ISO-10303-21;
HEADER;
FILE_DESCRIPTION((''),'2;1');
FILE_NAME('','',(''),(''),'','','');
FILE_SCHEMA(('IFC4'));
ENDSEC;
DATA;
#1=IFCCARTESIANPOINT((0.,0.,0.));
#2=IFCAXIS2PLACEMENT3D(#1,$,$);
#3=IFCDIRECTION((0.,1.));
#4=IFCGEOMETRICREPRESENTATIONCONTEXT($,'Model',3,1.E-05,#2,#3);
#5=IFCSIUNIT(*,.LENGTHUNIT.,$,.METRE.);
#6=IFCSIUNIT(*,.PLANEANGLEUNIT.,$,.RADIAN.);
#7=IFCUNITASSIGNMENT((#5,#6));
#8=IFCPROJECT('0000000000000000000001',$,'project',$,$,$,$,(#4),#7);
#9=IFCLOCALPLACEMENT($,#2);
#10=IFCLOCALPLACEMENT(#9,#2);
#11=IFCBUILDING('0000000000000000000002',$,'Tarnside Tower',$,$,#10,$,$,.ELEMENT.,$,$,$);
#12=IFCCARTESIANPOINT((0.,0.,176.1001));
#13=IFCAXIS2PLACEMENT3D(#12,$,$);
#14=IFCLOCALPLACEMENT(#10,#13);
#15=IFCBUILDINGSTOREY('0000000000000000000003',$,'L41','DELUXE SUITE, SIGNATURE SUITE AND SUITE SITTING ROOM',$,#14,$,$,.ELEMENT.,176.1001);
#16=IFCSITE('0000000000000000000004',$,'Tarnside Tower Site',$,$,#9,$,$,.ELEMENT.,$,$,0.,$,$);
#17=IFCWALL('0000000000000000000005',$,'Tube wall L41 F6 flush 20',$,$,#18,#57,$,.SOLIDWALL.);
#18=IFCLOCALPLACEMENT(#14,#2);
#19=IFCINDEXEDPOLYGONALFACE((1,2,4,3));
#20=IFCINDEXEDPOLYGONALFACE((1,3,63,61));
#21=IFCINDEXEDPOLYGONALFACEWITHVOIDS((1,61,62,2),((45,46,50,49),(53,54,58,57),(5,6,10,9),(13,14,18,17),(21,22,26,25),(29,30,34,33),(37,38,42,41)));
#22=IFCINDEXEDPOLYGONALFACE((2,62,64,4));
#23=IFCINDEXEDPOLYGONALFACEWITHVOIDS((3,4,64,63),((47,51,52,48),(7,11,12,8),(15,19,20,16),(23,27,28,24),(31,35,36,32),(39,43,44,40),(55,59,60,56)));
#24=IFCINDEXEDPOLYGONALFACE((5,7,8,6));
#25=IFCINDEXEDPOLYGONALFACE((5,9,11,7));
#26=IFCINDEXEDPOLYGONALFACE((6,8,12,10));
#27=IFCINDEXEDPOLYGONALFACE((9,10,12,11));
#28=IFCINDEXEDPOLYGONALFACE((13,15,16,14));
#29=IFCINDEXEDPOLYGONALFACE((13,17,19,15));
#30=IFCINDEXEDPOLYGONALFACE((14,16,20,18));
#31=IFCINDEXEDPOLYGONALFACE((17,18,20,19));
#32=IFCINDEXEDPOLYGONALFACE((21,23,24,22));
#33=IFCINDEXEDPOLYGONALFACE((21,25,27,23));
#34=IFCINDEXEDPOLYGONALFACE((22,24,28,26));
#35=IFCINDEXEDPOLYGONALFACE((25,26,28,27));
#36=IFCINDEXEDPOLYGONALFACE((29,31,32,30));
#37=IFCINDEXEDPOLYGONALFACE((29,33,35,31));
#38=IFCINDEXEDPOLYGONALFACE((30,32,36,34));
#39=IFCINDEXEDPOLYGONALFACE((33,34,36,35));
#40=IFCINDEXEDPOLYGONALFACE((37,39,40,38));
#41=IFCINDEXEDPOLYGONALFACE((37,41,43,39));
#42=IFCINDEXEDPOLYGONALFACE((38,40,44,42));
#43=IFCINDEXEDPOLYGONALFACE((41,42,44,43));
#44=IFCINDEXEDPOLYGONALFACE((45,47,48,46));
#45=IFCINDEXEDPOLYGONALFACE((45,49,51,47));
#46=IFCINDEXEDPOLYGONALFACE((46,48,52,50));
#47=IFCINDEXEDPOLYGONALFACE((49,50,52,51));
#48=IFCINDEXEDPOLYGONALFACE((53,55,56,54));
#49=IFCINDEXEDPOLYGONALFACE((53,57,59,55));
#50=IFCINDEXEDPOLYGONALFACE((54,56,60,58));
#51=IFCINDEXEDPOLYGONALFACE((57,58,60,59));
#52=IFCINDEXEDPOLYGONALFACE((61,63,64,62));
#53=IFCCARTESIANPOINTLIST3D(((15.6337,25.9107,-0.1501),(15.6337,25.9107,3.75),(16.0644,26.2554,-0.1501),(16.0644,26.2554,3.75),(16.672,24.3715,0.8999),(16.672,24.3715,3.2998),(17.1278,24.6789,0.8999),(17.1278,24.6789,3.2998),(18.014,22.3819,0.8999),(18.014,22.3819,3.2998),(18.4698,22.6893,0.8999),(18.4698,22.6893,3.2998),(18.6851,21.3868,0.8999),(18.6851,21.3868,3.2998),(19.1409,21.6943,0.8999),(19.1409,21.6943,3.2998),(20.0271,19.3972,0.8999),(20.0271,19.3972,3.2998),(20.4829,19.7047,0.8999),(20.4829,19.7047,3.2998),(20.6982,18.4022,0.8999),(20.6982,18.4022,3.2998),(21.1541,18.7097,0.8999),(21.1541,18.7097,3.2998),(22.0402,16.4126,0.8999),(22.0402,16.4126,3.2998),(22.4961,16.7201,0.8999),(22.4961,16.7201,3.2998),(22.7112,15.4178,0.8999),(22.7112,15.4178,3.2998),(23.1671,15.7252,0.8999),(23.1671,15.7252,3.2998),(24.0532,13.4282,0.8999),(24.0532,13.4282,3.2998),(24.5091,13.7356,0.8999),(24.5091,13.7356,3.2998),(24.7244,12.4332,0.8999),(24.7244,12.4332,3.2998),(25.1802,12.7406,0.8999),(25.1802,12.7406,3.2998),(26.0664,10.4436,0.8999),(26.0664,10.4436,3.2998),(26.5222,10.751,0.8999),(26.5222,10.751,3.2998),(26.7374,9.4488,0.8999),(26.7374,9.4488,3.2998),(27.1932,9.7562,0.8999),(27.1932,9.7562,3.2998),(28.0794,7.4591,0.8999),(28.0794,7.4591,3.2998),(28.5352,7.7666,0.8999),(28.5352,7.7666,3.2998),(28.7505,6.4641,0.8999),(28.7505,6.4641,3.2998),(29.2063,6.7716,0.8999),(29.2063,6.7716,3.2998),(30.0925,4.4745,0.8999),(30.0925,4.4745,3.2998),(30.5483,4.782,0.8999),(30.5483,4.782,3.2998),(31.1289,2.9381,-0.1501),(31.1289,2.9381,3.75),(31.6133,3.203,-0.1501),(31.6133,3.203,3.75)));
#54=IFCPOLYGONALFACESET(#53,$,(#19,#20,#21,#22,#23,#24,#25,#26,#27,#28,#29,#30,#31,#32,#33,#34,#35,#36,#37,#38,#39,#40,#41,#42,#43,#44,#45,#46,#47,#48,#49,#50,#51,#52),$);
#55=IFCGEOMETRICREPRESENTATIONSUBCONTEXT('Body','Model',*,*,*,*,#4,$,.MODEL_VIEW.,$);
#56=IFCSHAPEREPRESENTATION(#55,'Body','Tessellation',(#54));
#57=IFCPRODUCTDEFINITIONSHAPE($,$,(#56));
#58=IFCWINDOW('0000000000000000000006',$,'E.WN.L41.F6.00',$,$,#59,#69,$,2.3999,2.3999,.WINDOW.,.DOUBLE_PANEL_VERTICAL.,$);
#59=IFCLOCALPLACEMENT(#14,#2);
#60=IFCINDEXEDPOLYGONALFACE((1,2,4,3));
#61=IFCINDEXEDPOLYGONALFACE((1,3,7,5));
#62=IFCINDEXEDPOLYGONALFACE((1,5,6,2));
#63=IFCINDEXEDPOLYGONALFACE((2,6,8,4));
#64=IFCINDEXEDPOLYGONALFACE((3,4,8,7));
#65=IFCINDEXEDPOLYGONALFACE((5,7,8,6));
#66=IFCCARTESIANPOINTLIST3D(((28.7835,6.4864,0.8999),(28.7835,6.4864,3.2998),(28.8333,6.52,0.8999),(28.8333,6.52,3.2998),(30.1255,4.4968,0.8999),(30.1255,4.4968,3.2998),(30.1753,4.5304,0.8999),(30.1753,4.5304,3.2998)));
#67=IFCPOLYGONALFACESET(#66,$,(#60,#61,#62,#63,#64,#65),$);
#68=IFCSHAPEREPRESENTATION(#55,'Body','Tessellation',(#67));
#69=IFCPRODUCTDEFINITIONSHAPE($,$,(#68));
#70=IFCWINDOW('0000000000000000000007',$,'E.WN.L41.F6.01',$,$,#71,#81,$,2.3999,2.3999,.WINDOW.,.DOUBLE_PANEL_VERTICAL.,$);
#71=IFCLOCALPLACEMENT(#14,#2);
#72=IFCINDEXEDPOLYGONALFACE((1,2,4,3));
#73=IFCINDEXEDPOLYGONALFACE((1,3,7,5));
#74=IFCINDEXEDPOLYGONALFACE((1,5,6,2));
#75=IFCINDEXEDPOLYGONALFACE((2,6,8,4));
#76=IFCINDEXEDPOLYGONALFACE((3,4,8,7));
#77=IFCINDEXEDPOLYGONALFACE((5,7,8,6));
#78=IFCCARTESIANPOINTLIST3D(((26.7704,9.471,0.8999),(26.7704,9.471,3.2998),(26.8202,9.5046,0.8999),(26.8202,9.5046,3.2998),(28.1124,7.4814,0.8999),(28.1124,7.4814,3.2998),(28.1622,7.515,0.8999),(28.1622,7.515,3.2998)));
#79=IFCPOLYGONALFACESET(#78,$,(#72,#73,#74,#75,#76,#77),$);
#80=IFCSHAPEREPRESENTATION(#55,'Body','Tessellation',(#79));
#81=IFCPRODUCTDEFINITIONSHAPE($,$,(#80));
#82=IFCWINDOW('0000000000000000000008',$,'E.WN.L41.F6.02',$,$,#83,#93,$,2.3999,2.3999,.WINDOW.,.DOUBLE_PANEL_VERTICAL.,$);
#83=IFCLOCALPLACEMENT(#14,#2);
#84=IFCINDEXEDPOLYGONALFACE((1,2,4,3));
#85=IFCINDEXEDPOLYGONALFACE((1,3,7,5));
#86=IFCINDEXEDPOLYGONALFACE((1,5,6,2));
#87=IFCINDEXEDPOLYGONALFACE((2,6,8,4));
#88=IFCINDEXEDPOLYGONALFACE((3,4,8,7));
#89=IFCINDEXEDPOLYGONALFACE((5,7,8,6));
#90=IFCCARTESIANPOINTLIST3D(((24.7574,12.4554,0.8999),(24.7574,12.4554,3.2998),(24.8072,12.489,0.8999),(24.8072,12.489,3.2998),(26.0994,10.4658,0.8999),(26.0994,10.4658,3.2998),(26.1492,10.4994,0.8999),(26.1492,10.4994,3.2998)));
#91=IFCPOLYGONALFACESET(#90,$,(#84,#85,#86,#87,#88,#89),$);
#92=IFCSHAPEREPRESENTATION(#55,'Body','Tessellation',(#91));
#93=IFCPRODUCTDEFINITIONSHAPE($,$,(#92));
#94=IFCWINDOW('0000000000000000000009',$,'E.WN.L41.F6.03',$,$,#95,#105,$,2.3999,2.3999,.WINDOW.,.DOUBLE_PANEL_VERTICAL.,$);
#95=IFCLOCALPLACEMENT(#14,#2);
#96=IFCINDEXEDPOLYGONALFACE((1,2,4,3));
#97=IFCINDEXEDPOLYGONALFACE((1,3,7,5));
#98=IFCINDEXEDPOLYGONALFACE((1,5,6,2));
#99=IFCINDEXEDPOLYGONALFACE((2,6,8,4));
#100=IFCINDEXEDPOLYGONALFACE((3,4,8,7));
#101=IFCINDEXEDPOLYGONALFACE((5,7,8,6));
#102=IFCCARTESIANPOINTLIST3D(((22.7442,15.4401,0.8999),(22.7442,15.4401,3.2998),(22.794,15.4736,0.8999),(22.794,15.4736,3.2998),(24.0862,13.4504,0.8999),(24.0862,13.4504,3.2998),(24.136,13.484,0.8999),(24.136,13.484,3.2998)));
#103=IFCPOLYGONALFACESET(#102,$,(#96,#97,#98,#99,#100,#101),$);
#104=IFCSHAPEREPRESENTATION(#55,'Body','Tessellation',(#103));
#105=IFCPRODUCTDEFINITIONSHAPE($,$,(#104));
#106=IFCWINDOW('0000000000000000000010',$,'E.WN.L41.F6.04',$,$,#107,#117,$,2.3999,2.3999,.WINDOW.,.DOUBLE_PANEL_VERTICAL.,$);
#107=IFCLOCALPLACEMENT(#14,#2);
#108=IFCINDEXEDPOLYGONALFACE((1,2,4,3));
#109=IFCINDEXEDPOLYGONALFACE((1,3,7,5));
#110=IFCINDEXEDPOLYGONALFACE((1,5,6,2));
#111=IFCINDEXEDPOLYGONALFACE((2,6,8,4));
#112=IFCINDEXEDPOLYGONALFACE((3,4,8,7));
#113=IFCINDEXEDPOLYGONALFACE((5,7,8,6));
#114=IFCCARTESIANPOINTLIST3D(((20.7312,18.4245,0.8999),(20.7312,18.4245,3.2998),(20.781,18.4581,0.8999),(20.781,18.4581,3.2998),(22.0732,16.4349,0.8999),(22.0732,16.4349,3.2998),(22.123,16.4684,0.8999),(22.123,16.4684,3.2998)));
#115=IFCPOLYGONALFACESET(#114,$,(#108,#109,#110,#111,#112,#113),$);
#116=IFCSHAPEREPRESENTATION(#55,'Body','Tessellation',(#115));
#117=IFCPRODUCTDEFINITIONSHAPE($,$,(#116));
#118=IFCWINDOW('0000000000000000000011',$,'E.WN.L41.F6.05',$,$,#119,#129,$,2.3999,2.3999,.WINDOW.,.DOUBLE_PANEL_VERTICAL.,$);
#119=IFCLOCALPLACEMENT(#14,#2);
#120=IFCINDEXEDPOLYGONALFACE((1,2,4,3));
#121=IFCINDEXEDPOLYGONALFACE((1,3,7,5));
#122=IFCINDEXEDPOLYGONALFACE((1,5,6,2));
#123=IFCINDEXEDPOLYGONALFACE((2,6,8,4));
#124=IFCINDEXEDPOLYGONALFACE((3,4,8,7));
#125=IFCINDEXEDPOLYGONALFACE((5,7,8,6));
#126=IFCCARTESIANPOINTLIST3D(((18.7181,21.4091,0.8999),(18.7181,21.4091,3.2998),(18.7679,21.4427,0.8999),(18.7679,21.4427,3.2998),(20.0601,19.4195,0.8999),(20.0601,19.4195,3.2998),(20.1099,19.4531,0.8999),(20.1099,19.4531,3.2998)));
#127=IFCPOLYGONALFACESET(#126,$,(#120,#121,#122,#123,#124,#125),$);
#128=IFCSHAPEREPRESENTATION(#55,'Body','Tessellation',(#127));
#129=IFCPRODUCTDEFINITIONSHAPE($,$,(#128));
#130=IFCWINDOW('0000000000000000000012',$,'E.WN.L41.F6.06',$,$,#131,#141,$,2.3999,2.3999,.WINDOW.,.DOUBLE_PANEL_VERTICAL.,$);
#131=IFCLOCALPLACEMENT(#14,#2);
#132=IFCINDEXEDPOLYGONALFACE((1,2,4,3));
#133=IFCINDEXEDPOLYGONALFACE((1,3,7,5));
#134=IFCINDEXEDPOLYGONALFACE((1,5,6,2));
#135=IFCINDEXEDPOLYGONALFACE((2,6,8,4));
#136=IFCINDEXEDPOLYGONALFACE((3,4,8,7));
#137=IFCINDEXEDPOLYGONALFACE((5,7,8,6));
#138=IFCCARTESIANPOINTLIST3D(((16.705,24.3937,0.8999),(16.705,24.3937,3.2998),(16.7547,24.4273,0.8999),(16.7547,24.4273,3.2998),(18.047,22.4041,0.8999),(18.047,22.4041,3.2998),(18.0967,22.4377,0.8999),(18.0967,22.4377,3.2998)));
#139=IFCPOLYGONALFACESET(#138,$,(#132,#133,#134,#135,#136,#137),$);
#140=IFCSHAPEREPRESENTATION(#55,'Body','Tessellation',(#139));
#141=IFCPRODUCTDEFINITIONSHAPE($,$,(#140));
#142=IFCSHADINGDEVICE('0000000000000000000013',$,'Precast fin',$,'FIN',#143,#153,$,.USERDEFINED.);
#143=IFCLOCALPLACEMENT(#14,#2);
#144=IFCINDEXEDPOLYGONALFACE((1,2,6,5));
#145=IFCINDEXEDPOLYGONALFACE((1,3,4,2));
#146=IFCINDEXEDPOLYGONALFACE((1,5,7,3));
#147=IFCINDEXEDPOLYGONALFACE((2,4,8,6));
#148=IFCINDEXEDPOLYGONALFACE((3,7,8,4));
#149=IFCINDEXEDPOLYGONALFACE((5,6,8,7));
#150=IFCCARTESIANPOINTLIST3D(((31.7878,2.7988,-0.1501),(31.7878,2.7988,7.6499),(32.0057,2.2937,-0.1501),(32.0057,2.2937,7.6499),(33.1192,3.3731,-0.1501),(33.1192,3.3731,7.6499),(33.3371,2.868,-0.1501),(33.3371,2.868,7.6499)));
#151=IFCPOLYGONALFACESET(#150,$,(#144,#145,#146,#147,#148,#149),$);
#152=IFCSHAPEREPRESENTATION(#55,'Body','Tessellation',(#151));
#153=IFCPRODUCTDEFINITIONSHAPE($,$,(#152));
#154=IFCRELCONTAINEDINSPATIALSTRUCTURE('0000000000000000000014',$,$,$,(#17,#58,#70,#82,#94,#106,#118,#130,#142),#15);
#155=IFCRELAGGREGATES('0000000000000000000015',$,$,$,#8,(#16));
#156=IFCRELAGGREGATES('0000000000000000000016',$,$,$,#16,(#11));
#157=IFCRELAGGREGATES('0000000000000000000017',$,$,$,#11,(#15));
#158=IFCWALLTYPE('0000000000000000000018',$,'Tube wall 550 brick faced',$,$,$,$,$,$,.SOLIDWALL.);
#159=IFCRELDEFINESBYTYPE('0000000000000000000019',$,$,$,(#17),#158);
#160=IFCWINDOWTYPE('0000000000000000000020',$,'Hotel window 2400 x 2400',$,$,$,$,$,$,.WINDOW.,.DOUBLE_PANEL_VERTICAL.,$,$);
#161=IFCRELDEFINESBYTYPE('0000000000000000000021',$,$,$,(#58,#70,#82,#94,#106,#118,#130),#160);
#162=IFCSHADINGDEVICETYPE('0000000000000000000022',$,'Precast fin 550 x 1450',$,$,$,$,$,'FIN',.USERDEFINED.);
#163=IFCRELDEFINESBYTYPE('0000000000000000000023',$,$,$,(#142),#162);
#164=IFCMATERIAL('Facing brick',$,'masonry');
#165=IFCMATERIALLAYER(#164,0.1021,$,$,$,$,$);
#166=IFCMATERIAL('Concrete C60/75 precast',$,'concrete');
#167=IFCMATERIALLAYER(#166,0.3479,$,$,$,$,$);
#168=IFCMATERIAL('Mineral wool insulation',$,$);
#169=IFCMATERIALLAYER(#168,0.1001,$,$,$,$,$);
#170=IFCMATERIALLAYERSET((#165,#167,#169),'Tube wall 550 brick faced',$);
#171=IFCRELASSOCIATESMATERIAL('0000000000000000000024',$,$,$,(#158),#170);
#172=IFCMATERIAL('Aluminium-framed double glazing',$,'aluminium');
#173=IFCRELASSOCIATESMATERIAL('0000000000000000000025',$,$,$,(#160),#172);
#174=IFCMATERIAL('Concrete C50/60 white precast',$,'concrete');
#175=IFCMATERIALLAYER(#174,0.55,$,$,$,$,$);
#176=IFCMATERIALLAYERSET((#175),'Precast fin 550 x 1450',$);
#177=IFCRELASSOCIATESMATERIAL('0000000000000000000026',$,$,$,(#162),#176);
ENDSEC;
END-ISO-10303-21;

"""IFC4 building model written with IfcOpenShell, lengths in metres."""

from ifc_helpers import new_model, si_unit, direction, frame, frame_2d, origin, place, context, subcontext, project, spatial, polyline, rectangle, outline, extrude, material, layer, layer_set, type_object, element, fill, save


model = new_model("IFC4")

# Units and contexts
model_context = context("Model", 3, precision=1e-05, world=origin(), true_north=direction((0.0, 1.0)))
body_context = subcontext(model_context, "Body", "Model", "MODEL_VIEW")
ifc_project = project(units=[si_unit("LENGTHUNIT", "METRE"), si_unit("PLANEANGLEUNIT", "RADIAN")], contexts=[model_context])

# Site, building, storey
site_placement = place(None, origin())
site = spatial("IfcSite", under=ifc_project, at=site_placement, Name="Tarnside Tower Site", CompositionType="ELEMENT", RefElevation=0.0)
building_placement = place(site_placement, origin())
building = spatial("IfcBuilding", under=site, at=building_placement, Name="Tarnside Tower", CompositionType="ELEMENT")
storey_placement = place(building_placement, frame((0.0, 0.0, 176.1001)))
storey = spatial("IfcBuildingStorey", under=building, at=storey_placement, Name="L41", Description="DELUXE SUITE, SIGNATURE SUITE AND SUITE SITTING ROOM", CompositionType="ELEMENT", Elevation=176.1001)

# Shared definitions
ifc_material_1 = material(Name="Facing brick", Category="masonry")
ifc_layer_1 = layer(ifc_material_1, 0.1021)
ifc_material_2 = material(Name="Concrete C60/75 precast", Category="concrete")
ifc_layer_2 = layer(ifc_material_2, 0.3479)
ifc_material_3 = material(Name="Mineral wool insulation")
ifc_layer_3 = layer(ifc_material_3, 0.1001)
ifc_layer_set_1 = layer_set([ifc_layer_1, ifc_layer_2, ifc_layer_3], Name="Tube wall 550 brick faced")
wall_type = type_object("IfcWallType", Name="Tube wall 550 brick faced", PredefinedType="SOLIDWALL", material=ifc_layer_set_1)

# Wall, openings, windows
wall_1_placement = place(storey_placement, frame((31.3711, 3.0706, -0.1501), z_axis=(0.0, 0.0, 1.0), x_axis=(-0.55919, 0.82904, 0.0)))
wall_1 = element("IfcWall", 1, at=wall_1_placement, inside=storey, type_object=wall_type, Name="Tube wall L41 F6 flush 20", PredefinedType="SOLIDWALL", context=body_context, shape_type="SweptSolid", body=[
    extrude(outline(polyline([(-0.0256, -0.2749), (27.7805, -0.2749), (27.7356, 0.2749), (0.0256, 0.2749), (-0.0256, -0.2749)])), origin(), (0.0, 0.0, 1.0), 3.9001),
])
opening_1_placement = place(wall_1_placement, frame((1.8789, 0.0, 1.05)))
opening_1 = element("IfcOpeningElement", 2, at=opening_1_placement, cuts=wall_1, PredefinedType="OPENING", context=body_context, shape_type="SweptSolid", body=[
    extrude(rectangle(XDim=2.3999, YDim=2.3999, at=frame_2d((1.2, 1.2))), frame((0.0, 0.2852, 0.0), z_axis=(0.0, -1.0, 0.0), x_axis=(1.0, 0.0, 0.0)), (0.0, 0.0, 1.0), 0.5701),
])
opening_2_placement = place(wall_1_placement, frame((5.479, 0.0, 1.05)))
opening_2 = element("IfcOpeningElement", 3, at=opening_2_placement, cuts=wall_1, PredefinedType="OPENING", context=body_context, shape_type="SweptSolid", body=[
    extrude(rectangle(XDim=2.3999, YDim=2.3999, at=frame_2d((1.2, 1.2))), frame((0.0, 0.2852, 0.0), z_axis=(0.0, -1.0, 0.0), x_axis=(1.0, 0.0, 0.0)), (0.0, 0.0, 1.0), 0.5701),
])
opening_3_placement = place(wall_1_placement, frame((9.0789, 0.0, 1.05)))
opening_3 = element("IfcOpeningElement", 4, at=opening_3_placement, cuts=wall_1, PredefinedType="OPENING", context=body_context, shape_type="SweptSolid", body=[
    extrude(rectangle(XDim=2.3999, YDim=2.3999, at=frame_2d((1.2, 1.2))), frame((0.0, 0.2852, 0.0), z_axis=(0.0, -1.0, 0.0), x_axis=(1.0, 0.0, 0.0)), (0.0, 0.0, 1.0), 0.5701),
])
opening_4_placement = place(wall_1_placement, frame((12.679, 0.0, 1.05)))
opening_4 = element("IfcOpeningElement", 5, at=opening_4_placement, cuts=wall_1, PredefinedType="OPENING", context=body_context, shape_type="SweptSolid", body=[
    extrude(rectangle(XDim=2.3999, YDim=2.3999, at=frame_2d((1.2, 1.2))), frame((0.0, 0.2852, 0.0), z_axis=(0.0, -1.0, 0.0), x_axis=(1.0, 0.0, 0.0)), (0.0, 0.0, 1.0), 0.5701),
])
opening_5_placement = place(wall_1_placement, frame((16.2788, 0.0, 1.05)))
opening_5 = element("IfcOpeningElement", 6, at=opening_5_placement, cuts=wall_1, PredefinedType="OPENING", context=body_context, shape_type="SweptSolid", body=[
    extrude(rectangle(XDim=2.3999, YDim=2.3999, at=frame_2d((1.2, 1.2))), frame((0.0, 0.2852, 0.0), z_axis=(0.0, -1.0, 0.0), x_axis=(1.0, 0.0, 0.0)), (0.0, 0.0, 1.0), 0.5701),
])
opening_6_placement = place(wall_1_placement, frame((19.8789, 0.0, 1.05)))
opening_6 = element("IfcOpeningElement", 7, at=opening_6_placement, cuts=wall_1, PredefinedType="OPENING", context=body_context, shape_type="SweptSolid", body=[
    extrude(rectangle(XDim=2.3999, YDim=2.3999, at=frame_2d((1.2, 1.2))), frame((0.0, 0.2852, 0.0), z_axis=(0.0, -1.0, 0.0), x_axis=(1.0, 0.0, 0.0)), (0.0, 0.0, 1.0), 0.5701),
])
opening_7_placement = place(wall_1_placement, frame((23.479, 0.0, 1.05)))
opening_7 = element("IfcOpeningElement", 8, at=opening_7_placement, cuts=wall_1, PredefinedType="OPENING", context=body_context, shape_type="SweptSolid", body=[
    extrude(rectangle(XDim=2.3999, YDim=2.3999, at=frame_2d((1.2, 1.2))), frame((0.0, 0.2852, 0.0), z_axis=(0.0, -1.0, 0.0), x_axis=(1.0, 0.0, 0.0)), (0.0, 0.0, 1.0), 0.5701),
])
ifc_material_4 = material(Name="Aluminium-framed double glazing", Category="aluminium")
window_type = type_object("IfcWindowType", Name="Hotel window 2400 x 2400", PartitioningType="DOUBLE_PANEL_VERTICAL", PredefinedType="WINDOW", material=ifc_material_4)
window_1_placement = place(opening_1_placement, frame((0.0, 0.2051, 0.0)))
window_1 = element("IfcWindow", 9, at=window_1_placement, inside=storey, type_object=window_type, Name="E.WN.L41.F6.00", OverallHeight=2.3999, OverallWidth=2.3999, PartitioningType="DOUBLE_PANEL_VERTICAL", PredefinedType="WINDOW", context=body_context, shape_type="SweptSolid", body=[
    extrude(rectangle(XDim=2.3999, YDim=2.3999, at=frame_2d((1.2, 1.2))), frame((0.0, 0.03, 0.0), z_axis=(0.0, -1.0, 0.0), x_axis=(1.0, 0.0, 0.0)), (0.0, 0.0, 1.0), 0.0601),
])
fill(opening_1, window_1)
window_2_placement = place(opening_2_placement, frame((0.0, 0.2051, 0.0)))
window_2 = element("IfcWindow", 10, at=window_2_placement, inside=storey, type_object=window_type, Name="E.WN.L41.F6.01", OverallHeight=2.3999, OverallWidth=2.3999, PartitioningType="DOUBLE_PANEL_VERTICAL", PredefinedType="WINDOW", context=body_context, shape_type="SweptSolid", body=[
    extrude(rectangle(XDim=2.3999, YDim=2.3999, at=frame_2d((1.2, 1.2))), frame((0.0, 0.03, 0.0), z_axis=(0.0, -1.0, 0.0), x_axis=(1.0, 0.0, 0.0)), (0.0, 0.0, 1.0), 0.0601),
])
fill(opening_2, window_2)
window_3_placement = place(opening_3_placement, frame((0.0, 0.2051, 0.0)))
window_3 = element("IfcWindow", 11, at=window_3_placement, inside=storey, type_object=window_type, Name="E.WN.L41.F6.02", OverallHeight=2.3999, OverallWidth=2.3999, PartitioningType="DOUBLE_PANEL_VERTICAL", PredefinedType="WINDOW", context=body_context, shape_type="SweptSolid", body=[
    extrude(rectangle(XDim=2.3999, YDim=2.3999, at=frame_2d((1.2, 1.2))), frame((0.0, 0.03, 0.0), z_axis=(0.0, -1.0, 0.0), x_axis=(1.0, 0.0, 0.0)), (0.0, 0.0, 1.0), 0.0601),
])
fill(opening_3, window_3)
window_4_placement = place(opening_4_placement, frame((0.0, 0.2051, 0.0)))
window_4 = element("IfcWindow", 12, at=window_4_placement, inside=storey, type_object=window_type, Name="E.WN.L41.F6.03", OverallHeight=2.3999, OverallWidth=2.3999, PartitioningType="DOUBLE_PANEL_VERTICAL", PredefinedType="WINDOW", context=body_context, shape_type="SweptSolid", body=[
    extrude(rectangle(XDim=2.3999, YDim=2.3999, at=frame_2d((1.2, 1.2))), frame((0.0, 0.03, 0.0), z_axis=(0.0, -1.0, 0.0), x_axis=(1.0, 0.0, 0.0)), (0.0, 0.0, 1.0), 0.0601),
])
fill(opening_4, window_4)
window_5_placement = place(opening_5_placement, frame((0.0, 0.2051, 0.0)))
window_5 = element("IfcWindow", 13, at=window_5_placement, inside=storey, type_object=window_type, Name="E.WN.L41.F6.04", OverallHeight=2.3999, OverallWidth=2.3999, PartitioningType="DOUBLE_PANEL_VERTICAL", PredefinedType="WINDOW", context=body_context, shape_type="SweptSolid", body=[
    extrude(rectangle(XDim=2.3999, YDim=2.3999, at=frame_2d((1.2, 1.2))), frame((0.0, 0.03, 0.0), z_axis=(0.0, -1.0, 0.0), x_axis=(1.0, 0.0, 0.0)), (0.0, 0.0, 1.0), 0.0601),
])
fill(opening_5, window_5)
window_6_placement = place(opening_6_placement, frame((0.0, 0.2051, 0.0)))
window_6 = element("IfcWindow", 14, at=window_6_placement, inside=storey, type_object=window_type, Name="E.WN.L41.F6.05", OverallHeight=2.3999, OverallWidth=2.3999, PartitioningType="DOUBLE_PANEL_VERTICAL", PredefinedType="WINDOW", context=body_context, shape_type="SweptSolid", body=[
    extrude(rectangle(XDim=2.3999, YDim=2.3999, at=frame_2d((1.2, 1.2))), frame((0.0, 0.03, 0.0), z_axis=(0.0, -1.0, 0.0), x_axis=(1.0, 0.0, 0.0)), (0.0, 0.0, 1.0), 0.0601),
])
fill(opening_6, window_6)
window_7_placement = place(opening_7_placement, frame((0.0, 0.2051, 0.0)))
window_7 = element("IfcWindow", 15, at=window_7_placement, inside=storey, type_object=window_type, Name="E.WN.L41.F6.06", OverallHeight=2.3999, OverallWidth=2.3999, PartitioningType="DOUBLE_PANEL_VERTICAL", PredefinedType="WINDOW", context=body_context, shape_type="SweptSolid", body=[
    extrude(rectangle(XDim=2.3999, YDim=2.3999, at=frame_2d((1.2, 1.2))), frame((0.0, 0.03, 0.0), z_axis=(0.0, -1.0, 0.0), x_axis=(1.0, 0.0, 0.0)), (0.0, 0.0, 1.0), 0.0601),
])
fill(opening_7, window_7)

# Shading device
ifc_material_5 = material(Name="Concrete C50/60 white precast", Category="concrete")
ifc_layer_4 = layer(ifc_material_5, 0.55)
ifc_layer_set_2 = layer_set([ifc_layer_4], Name="Precast fin 550 x 1450")
shading_device_type_1 = type_object("IfcShadingDeviceType", Name="Precast fin 550 x 1450", ElementType="FIN", PredefinedType="USERDEFINED", material=ifc_layer_set_2)
shading_device_placement = place(storey_placement, frame((31.8967, 2.5464, -0.1501), z_axis=(0.39608, -0.918216, 0.0), x_axis=(0.918216, 0.39608, 0.0)))
element("IfcShadingDevice", 16, at=shading_device_placement, inside=storey, type_object=shading_device_type_1, Name="Precast fin", ObjectType="FIN", PredefinedType="USERDEFINED", context=body_context, shape_type="SweptSolid", body=[
    extrude(outline(polyline([(0.0, 0.0), (1.45, 0.0), (1.45, 7.8), (0.0, 7.8), (0.0, 0.0)])), frame((0.0, 0.0, -0.2749)), (0.0, 0.0, 1.0), 0.55),
])

save(model, "model.ifc")
